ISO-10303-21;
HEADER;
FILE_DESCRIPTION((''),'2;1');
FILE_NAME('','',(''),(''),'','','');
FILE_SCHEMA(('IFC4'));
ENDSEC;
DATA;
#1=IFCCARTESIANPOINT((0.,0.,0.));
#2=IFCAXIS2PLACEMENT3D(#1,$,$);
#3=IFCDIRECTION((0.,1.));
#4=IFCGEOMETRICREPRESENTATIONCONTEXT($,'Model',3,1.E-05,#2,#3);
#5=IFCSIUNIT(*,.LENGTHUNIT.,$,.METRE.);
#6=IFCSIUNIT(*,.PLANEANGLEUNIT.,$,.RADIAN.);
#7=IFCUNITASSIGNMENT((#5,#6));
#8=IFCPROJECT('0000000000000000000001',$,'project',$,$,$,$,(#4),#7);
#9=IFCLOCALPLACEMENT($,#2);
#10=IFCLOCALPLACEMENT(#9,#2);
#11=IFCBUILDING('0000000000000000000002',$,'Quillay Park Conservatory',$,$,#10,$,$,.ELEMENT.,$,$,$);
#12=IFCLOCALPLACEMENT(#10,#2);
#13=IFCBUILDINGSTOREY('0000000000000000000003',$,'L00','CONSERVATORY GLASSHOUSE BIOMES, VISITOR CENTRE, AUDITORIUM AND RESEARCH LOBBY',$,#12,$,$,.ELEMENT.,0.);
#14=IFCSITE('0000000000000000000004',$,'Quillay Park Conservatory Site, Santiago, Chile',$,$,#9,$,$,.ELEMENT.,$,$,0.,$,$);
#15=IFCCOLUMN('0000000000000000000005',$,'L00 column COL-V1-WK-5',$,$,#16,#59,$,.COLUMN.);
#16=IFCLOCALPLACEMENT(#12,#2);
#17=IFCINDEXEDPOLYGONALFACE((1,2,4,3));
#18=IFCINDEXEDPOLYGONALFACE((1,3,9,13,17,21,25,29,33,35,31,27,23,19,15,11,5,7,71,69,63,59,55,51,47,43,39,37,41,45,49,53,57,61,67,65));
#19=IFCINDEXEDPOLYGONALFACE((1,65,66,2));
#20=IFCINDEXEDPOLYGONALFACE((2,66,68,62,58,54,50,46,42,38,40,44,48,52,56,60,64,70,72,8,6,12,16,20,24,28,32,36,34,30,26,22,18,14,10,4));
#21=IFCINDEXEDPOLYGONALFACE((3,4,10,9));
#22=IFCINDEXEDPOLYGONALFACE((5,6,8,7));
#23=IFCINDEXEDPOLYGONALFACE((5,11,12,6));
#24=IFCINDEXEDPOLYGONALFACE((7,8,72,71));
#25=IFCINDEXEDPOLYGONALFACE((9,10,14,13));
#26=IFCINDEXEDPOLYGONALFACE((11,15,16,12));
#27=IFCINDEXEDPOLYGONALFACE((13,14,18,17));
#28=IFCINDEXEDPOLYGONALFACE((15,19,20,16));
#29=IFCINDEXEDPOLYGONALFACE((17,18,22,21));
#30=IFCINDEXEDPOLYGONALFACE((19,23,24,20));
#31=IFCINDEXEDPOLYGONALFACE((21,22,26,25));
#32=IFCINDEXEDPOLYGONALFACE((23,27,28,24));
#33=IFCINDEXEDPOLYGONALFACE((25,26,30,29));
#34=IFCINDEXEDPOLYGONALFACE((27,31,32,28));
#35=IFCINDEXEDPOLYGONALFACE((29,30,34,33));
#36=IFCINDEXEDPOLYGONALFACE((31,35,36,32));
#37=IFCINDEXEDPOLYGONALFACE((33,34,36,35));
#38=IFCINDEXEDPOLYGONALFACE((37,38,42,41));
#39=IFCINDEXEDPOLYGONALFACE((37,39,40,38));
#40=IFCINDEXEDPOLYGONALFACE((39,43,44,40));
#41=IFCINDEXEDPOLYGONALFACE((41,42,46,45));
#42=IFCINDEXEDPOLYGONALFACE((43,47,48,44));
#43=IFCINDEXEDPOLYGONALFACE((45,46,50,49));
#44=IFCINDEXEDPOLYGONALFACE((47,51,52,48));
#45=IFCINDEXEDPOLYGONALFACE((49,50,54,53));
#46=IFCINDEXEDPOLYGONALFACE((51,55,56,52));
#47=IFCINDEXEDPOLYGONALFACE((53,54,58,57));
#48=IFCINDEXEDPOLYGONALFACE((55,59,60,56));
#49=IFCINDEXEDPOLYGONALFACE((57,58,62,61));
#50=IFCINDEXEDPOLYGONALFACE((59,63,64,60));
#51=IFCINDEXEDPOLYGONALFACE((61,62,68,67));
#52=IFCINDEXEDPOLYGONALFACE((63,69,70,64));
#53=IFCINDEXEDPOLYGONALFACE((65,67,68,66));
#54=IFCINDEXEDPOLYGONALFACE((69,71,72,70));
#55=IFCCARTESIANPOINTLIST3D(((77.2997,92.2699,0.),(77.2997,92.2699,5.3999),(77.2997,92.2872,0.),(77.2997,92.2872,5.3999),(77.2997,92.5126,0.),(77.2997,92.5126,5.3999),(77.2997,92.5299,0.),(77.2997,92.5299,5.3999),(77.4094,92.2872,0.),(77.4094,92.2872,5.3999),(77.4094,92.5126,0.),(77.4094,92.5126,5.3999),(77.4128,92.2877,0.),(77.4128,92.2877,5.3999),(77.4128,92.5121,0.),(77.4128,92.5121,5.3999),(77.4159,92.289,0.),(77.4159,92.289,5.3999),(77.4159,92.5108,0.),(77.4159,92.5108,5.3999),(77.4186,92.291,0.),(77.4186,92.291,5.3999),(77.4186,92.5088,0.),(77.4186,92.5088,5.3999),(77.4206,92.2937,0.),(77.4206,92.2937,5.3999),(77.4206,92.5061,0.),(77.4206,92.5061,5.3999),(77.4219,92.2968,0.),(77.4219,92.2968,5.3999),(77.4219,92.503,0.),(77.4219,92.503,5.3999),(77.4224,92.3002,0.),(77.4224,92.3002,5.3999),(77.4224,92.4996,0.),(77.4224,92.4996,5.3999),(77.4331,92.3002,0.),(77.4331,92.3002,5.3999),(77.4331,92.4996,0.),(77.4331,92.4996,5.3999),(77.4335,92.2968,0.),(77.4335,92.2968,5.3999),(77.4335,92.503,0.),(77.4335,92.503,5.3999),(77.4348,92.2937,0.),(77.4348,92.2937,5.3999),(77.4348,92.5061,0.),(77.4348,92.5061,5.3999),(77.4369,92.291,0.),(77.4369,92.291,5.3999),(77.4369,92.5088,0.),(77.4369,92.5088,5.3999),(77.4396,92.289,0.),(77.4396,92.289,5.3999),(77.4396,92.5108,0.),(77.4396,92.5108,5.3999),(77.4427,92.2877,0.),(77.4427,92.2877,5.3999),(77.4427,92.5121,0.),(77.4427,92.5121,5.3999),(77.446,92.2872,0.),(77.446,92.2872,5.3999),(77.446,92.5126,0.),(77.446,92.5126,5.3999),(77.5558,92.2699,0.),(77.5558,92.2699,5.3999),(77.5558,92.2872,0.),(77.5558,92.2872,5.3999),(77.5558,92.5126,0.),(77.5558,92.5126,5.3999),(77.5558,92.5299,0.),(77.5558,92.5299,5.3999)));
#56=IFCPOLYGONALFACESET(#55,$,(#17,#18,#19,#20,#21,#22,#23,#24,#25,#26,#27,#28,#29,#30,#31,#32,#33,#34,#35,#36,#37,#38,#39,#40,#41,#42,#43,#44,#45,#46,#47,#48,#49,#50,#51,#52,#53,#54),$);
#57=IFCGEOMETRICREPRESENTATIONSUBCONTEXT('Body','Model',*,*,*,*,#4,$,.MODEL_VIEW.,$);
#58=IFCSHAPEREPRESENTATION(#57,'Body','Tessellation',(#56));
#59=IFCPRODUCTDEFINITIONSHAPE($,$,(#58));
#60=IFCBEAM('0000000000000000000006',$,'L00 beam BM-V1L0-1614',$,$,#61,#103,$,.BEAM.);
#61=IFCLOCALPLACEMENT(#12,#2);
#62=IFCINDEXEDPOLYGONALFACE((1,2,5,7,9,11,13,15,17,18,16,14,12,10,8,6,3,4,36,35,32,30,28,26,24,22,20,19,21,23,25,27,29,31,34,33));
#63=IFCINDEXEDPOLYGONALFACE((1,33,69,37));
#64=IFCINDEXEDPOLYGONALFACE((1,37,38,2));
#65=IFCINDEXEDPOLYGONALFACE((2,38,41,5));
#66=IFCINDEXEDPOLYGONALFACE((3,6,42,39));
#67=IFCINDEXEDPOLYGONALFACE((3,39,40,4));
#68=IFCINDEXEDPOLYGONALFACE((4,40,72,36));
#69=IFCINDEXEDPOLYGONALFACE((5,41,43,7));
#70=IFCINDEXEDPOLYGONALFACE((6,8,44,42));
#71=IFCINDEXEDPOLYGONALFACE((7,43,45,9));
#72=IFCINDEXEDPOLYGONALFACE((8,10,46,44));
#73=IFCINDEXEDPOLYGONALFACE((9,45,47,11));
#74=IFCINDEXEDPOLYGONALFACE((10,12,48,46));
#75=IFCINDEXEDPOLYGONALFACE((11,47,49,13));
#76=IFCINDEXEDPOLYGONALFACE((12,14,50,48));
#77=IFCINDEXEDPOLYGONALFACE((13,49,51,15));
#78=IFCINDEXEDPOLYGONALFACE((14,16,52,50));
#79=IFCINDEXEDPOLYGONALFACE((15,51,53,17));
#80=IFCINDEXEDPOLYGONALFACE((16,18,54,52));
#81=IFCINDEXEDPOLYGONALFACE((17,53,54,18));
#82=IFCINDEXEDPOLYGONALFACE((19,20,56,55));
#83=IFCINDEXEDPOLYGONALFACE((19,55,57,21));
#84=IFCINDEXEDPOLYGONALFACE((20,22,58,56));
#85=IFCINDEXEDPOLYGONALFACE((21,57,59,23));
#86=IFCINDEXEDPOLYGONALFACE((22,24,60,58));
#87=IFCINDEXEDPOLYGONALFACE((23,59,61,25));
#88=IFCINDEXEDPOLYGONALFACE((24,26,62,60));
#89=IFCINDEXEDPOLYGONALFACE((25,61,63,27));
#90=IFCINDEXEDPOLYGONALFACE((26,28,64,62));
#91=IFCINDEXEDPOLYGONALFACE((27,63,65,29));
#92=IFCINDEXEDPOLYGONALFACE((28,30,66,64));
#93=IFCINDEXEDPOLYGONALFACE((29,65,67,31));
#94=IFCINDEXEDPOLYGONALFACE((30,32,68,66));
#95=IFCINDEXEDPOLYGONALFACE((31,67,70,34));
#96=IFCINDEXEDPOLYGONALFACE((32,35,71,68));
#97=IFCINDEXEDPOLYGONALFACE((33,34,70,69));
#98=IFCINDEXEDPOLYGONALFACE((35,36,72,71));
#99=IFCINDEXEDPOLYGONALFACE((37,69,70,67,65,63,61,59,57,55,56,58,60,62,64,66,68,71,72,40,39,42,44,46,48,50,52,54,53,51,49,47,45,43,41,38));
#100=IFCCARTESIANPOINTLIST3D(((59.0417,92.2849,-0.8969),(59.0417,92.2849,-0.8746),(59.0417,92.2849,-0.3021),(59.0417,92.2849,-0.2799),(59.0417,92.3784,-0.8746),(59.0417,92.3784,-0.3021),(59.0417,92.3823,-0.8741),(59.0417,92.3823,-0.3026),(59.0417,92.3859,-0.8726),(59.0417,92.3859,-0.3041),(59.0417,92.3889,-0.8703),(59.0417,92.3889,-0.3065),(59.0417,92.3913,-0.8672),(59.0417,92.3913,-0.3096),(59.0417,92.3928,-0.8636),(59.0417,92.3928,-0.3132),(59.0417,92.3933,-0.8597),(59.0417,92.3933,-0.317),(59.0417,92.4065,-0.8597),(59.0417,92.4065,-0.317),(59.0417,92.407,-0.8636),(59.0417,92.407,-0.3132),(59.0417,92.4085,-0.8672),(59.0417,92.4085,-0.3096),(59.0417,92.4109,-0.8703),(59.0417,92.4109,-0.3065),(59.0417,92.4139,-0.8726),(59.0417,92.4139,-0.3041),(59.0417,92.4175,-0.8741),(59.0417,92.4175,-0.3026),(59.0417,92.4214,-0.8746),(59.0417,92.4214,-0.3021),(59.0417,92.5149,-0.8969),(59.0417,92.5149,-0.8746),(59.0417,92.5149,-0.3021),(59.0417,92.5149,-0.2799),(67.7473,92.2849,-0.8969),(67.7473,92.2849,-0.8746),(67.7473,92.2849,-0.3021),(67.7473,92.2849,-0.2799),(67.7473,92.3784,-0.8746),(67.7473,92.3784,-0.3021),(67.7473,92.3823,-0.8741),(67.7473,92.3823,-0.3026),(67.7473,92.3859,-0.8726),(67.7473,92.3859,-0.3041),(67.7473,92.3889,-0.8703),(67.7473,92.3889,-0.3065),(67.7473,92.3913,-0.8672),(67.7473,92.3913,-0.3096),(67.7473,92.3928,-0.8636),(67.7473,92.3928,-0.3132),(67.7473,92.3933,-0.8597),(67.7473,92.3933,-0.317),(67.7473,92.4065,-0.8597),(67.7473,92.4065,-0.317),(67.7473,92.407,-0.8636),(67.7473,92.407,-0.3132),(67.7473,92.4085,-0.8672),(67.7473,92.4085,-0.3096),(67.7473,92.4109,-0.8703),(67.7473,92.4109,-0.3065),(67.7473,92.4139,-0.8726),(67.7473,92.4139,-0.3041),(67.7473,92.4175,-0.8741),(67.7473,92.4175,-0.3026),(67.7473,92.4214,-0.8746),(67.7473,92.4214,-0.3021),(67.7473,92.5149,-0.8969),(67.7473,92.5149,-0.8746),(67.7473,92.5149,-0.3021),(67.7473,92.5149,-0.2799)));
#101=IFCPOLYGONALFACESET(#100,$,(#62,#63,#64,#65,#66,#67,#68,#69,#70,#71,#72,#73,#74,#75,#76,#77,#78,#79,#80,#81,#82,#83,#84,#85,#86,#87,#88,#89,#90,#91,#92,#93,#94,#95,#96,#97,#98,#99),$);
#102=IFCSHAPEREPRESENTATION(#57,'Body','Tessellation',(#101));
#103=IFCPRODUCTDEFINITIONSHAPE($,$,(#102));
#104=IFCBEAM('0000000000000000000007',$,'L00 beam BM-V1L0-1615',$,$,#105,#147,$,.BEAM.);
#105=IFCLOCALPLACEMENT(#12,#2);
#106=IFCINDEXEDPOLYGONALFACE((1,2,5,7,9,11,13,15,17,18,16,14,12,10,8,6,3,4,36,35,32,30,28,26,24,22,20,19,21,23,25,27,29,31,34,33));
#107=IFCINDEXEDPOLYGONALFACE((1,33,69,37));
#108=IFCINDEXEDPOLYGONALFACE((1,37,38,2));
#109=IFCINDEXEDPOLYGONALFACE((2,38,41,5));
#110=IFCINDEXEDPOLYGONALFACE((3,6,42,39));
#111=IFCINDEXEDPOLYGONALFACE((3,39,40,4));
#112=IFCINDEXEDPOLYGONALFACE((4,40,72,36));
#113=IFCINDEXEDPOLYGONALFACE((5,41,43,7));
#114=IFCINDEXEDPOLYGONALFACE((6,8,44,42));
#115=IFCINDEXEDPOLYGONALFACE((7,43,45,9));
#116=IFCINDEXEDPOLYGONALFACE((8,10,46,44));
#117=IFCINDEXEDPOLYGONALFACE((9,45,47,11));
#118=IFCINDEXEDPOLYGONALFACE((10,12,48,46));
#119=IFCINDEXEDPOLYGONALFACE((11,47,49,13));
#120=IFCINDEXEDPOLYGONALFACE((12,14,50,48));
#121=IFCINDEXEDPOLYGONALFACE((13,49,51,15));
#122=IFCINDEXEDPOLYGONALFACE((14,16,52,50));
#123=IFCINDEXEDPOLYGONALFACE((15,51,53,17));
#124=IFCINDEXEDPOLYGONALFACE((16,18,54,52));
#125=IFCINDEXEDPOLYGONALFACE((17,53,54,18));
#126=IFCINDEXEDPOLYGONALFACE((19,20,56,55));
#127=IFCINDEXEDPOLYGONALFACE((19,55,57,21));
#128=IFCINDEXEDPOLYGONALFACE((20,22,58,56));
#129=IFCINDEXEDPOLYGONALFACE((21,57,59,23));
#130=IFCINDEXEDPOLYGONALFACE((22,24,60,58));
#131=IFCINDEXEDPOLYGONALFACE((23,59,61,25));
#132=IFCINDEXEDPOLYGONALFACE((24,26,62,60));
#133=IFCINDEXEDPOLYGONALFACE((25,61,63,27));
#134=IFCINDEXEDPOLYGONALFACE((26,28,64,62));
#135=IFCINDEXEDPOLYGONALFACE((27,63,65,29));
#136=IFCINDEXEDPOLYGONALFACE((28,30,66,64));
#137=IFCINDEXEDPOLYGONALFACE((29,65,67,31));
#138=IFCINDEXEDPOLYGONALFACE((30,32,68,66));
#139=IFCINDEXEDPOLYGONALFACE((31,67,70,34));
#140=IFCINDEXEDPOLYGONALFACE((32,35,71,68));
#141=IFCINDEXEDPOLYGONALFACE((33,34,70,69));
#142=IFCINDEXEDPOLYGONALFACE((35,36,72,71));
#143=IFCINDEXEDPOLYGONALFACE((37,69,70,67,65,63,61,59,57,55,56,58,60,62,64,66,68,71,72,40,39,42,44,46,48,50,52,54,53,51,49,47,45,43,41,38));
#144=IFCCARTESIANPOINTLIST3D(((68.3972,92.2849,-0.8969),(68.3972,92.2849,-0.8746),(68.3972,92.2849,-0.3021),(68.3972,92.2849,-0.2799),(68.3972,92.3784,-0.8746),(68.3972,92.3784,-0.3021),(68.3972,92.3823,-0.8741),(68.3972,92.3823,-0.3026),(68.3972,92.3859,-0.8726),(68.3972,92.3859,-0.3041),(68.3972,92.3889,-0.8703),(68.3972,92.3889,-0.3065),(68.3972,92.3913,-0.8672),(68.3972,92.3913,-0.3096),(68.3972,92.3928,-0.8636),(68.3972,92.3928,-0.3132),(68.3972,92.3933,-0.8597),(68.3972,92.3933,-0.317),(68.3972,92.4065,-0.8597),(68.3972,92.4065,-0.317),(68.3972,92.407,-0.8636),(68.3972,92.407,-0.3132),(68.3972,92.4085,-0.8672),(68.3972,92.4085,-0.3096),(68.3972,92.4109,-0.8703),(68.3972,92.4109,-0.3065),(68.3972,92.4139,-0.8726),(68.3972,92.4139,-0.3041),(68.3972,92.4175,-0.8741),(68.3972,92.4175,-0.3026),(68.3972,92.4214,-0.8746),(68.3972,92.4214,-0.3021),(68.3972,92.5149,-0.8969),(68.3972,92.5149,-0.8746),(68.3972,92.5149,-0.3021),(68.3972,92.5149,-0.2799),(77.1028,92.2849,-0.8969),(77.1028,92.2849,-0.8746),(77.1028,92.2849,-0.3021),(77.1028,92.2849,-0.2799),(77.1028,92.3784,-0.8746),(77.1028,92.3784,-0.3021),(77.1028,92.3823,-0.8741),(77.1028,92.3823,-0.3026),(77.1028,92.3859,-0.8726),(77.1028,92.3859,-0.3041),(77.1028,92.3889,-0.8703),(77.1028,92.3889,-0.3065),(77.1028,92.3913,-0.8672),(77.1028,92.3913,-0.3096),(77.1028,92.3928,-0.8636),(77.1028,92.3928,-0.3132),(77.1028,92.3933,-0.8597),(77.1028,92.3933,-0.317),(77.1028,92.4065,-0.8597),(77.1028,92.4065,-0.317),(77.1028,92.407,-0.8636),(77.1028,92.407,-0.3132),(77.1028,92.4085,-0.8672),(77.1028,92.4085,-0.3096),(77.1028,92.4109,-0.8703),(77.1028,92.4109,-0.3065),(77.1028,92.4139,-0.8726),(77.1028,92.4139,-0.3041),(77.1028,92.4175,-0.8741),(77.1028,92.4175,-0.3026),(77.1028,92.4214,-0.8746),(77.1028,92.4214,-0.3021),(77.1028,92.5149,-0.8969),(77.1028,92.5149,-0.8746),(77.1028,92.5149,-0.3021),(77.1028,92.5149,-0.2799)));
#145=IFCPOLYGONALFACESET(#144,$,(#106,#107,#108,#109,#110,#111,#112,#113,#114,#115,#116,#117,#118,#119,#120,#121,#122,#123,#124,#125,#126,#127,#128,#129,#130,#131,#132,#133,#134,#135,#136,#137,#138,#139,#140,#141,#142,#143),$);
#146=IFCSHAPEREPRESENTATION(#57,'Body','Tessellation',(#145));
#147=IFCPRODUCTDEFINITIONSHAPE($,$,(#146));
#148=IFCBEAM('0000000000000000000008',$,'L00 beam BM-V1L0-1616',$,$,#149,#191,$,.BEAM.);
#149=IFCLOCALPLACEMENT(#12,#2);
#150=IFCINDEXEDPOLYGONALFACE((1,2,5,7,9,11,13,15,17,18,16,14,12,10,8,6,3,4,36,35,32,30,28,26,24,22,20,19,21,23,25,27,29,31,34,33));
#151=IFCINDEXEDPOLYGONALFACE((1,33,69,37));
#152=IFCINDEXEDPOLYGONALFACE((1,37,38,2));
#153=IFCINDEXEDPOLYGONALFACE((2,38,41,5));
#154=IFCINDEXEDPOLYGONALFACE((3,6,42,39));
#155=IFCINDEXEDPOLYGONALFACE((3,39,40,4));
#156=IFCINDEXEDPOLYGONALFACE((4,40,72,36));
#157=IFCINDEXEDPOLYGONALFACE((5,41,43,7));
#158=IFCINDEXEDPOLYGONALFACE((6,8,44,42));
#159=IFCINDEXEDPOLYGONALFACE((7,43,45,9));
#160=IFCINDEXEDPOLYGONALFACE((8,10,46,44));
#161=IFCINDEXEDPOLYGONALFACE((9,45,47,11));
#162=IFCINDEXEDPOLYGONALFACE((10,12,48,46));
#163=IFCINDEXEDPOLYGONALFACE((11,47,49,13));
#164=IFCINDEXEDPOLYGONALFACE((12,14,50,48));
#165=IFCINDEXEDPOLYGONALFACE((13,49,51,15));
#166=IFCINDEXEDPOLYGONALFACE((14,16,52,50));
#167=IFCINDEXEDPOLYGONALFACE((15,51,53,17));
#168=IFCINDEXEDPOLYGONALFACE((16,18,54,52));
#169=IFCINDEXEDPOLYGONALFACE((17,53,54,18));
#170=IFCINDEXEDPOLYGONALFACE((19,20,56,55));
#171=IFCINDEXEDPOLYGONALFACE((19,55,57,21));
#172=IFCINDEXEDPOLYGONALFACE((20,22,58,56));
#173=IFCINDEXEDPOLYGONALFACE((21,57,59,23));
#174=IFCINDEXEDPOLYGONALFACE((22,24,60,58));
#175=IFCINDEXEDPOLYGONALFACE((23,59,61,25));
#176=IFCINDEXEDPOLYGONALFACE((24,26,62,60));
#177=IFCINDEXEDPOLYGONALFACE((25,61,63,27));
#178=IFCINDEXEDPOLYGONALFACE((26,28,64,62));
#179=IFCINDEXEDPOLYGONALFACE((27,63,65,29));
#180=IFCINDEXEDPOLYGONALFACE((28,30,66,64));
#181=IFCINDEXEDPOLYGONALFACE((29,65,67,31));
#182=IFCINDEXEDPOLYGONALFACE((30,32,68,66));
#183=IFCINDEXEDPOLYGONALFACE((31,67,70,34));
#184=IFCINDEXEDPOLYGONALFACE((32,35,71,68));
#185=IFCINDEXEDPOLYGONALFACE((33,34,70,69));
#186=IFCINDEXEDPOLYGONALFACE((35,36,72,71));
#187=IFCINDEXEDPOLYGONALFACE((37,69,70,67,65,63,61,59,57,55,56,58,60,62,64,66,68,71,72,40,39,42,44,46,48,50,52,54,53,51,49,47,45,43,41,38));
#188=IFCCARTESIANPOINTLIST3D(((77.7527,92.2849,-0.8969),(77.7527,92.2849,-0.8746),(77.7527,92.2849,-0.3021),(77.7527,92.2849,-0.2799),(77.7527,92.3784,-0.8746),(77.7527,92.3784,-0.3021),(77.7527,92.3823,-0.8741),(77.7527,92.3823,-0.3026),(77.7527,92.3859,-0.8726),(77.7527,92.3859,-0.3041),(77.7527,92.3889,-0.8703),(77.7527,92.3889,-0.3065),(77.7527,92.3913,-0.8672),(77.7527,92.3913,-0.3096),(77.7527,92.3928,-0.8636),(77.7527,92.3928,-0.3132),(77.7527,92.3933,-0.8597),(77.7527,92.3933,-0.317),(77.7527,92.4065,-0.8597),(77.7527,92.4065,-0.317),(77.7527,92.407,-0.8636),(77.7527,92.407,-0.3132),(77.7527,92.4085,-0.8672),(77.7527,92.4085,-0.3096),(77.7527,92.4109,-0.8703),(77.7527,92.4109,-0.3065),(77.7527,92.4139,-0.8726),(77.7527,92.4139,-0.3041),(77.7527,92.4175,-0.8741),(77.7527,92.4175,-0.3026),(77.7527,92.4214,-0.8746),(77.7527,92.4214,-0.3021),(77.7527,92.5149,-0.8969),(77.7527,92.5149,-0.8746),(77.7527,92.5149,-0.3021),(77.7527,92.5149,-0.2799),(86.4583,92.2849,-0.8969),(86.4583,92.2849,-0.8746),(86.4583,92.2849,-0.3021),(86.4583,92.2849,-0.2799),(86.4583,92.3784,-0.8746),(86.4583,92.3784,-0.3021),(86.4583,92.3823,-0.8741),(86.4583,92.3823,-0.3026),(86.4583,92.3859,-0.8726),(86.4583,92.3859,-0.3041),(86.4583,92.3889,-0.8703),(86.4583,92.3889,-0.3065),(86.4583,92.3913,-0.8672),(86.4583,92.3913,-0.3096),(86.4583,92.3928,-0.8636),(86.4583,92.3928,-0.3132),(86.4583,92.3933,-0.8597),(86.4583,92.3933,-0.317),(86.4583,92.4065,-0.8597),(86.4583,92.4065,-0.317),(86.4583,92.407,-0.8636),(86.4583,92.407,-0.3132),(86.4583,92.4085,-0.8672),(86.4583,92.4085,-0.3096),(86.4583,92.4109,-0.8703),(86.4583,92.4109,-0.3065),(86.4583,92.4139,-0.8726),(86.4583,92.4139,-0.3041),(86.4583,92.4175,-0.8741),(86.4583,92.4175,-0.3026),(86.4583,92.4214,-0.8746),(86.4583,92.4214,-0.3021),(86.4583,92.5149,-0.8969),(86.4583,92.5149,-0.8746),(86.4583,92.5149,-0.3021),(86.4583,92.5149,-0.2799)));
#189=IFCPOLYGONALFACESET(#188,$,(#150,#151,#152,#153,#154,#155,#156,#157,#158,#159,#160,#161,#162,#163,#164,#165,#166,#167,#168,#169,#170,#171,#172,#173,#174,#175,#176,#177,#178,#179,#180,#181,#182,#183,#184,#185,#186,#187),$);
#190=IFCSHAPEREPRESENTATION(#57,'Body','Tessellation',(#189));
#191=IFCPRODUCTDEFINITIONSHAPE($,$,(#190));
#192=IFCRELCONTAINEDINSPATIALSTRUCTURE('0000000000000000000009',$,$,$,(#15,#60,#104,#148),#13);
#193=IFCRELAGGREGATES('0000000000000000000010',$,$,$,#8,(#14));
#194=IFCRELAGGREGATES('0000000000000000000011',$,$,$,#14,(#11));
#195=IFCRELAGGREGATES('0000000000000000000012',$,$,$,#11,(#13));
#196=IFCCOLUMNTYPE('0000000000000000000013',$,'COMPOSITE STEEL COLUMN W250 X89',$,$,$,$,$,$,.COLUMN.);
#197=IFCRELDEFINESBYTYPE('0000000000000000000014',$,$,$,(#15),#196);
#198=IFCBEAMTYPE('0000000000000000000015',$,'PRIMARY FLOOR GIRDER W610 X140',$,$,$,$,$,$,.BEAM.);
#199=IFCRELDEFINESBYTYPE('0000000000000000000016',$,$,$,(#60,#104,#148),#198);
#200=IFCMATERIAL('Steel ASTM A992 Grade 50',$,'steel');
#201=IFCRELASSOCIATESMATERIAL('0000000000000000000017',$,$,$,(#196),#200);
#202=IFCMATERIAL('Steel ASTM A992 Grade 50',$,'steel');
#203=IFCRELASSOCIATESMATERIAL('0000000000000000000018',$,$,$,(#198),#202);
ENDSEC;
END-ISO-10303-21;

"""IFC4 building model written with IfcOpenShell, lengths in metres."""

from ifc_helpers import new_model, si_unit, direction, frame, origin, origin_2d, place, context, subcontext, project, spatial, i_section, extrude, material, material_profile, profile_set, type_object, element, save


model = new_model("IFC4")

# Units and contexts
model_context = context("Model", 3, precision=1e-05, world=origin(), true_north=direction((0.0, 1.0)))
body_context = subcontext(model_context, "Body", "Model", "MODEL_VIEW")
ifc_project = project(units=[si_unit("LENGTHUNIT", "METRE"), si_unit("PLANEANGLEUNIT", "RADIAN")], contexts=[model_context])

# Site, building, storey
site_placement = place(None, origin())
site = spatial("IfcSite", under=ifc_project, at=site_placement, Name="Quillay Park Conservatory Site, Santiago, Chile", CompositionType="ELEMENT", RefElevation=0.0)
building_placement = place(site_placement, origin())
building = spatial("IfcBuilding", under=site, at=building_placement, Name="Quillay Park Conservatory", CompositionType="ELEMENT")
storey_placement = place(building_placement, origin())
storey = spatial("IfcBuildingStorey", under=building, at=storey_placement, Name="L00", Description="CONSERVATORY GLASSHOUSE BIOMES, VISITOR CENTRE, AUDITORIUM AND RESEARCH LOBBY", CompositionType="ELEMENT", Elevation=0.0)

# Column
ifc_material_1 = material(Name="Steel ASTM A992 Grade 50", Category="steel")
ifc_material_profile_1 = material_profile(ifc_material_1, i_section(OverallWidth=0.2561, OverallDepth=0.26, WebThickness=0.0107, FlangeThickness=0.0173, FilletRadius=0.0129, at=origin_2d()), Name="W250x89")
ifc_profile_set_1 = profile_set([ifc_material_profile_1], Name="Steel ASTM A992 Grade 50")
column_type = type_object("IfcColumnType", Name="COMPOSITE STEEL COLUMN W250 X89", PredefinedType="COLUMN", material=ifc_profile_set_1)
column_placement = place(storey_placement, frame((77.4277, 92.3999, 0.0), z_axis=(0.0, 0.0, 1.0), x_axis=(1.0, 0.0, 0.0)))
element("IfcColumn", 1, at=column_placement, inside=storey, type_object=column_type, Name="L00 column COL-V1-WK-5", PredefinedType="COLUMN", context=body_context, shape_type="SweptSolid", body=[
    extrude(i_section(OverallWidth=0.2561, OverallDepth=0.26, WebThickness=0.0107, FlangeThickness=0.0173, FilletRadius=0.0129, at=origin_2d()), origin(), (0.0, 0.0, 1.0), 5.3999),
])

# Beams
ifc_material_2 = material(Name="Steel ASTM A992 Grade 50", Category="steel")
ifc_material_profile_2 = material_profile(ifc_material_2, i_section(OverallWidth=0.23, OverallDepth=0.6169, WebThickness=0.0132, FlangeThickness=0.0222, FilletRadius=0.0149, at=origin_2d()), Name="W610x140")
ifc_profile_set_2 = profile_set([ifc_material_profile_2], Name="Steel ASTM A992 Grade 50")
beam_type_1 = type_object("IfcBeamType", Name="PRIMARY FLOOR GIRDER W610 X140", PredefinedType="BEAM", material=ifc_profile_set_2)
for number, where, z_axis, x_axis, name in (
    (2, (59.0417, 92.3999, -0.5884), (1.0, 0.0, 0.0), (0.0, 1.0, 0.0), "L00 beam BM-V1L0-1614"),
    (3, (68.3972, 92.3999, -0.5884), (1.0, 0.0, 0.0), (0.0, 1.0, 0.0), "L00 beam BM-V1L0-1615"),
    (4, (77.7527, 92.3999, -0.5884), (1.0, 0.0, 0.0), (0.0, 1.0, 0.0), "L00 beam BM-V1L0-1616"),
):
    element("IfcBeam", number, at=place(storey_placement, frame(where, z_axis=z_axis, x_axis=x_axis)), inside=storey, type_object=beam_type_1, Name=name, PredefinedType="BEAM", context=body_context, shape_type="SweptSolid", body=[
        extrude(i_section(OverallWidth=0.23, OverallDepth=0.6169, WebThickness=0.0132, FlangeThickness=0.0222, FilletRadius=0.0149, at=origin_2d()), origin(), (0.0, 0.0, 1.0), 8.7056),
    ])

save(model, "model.ifc")
